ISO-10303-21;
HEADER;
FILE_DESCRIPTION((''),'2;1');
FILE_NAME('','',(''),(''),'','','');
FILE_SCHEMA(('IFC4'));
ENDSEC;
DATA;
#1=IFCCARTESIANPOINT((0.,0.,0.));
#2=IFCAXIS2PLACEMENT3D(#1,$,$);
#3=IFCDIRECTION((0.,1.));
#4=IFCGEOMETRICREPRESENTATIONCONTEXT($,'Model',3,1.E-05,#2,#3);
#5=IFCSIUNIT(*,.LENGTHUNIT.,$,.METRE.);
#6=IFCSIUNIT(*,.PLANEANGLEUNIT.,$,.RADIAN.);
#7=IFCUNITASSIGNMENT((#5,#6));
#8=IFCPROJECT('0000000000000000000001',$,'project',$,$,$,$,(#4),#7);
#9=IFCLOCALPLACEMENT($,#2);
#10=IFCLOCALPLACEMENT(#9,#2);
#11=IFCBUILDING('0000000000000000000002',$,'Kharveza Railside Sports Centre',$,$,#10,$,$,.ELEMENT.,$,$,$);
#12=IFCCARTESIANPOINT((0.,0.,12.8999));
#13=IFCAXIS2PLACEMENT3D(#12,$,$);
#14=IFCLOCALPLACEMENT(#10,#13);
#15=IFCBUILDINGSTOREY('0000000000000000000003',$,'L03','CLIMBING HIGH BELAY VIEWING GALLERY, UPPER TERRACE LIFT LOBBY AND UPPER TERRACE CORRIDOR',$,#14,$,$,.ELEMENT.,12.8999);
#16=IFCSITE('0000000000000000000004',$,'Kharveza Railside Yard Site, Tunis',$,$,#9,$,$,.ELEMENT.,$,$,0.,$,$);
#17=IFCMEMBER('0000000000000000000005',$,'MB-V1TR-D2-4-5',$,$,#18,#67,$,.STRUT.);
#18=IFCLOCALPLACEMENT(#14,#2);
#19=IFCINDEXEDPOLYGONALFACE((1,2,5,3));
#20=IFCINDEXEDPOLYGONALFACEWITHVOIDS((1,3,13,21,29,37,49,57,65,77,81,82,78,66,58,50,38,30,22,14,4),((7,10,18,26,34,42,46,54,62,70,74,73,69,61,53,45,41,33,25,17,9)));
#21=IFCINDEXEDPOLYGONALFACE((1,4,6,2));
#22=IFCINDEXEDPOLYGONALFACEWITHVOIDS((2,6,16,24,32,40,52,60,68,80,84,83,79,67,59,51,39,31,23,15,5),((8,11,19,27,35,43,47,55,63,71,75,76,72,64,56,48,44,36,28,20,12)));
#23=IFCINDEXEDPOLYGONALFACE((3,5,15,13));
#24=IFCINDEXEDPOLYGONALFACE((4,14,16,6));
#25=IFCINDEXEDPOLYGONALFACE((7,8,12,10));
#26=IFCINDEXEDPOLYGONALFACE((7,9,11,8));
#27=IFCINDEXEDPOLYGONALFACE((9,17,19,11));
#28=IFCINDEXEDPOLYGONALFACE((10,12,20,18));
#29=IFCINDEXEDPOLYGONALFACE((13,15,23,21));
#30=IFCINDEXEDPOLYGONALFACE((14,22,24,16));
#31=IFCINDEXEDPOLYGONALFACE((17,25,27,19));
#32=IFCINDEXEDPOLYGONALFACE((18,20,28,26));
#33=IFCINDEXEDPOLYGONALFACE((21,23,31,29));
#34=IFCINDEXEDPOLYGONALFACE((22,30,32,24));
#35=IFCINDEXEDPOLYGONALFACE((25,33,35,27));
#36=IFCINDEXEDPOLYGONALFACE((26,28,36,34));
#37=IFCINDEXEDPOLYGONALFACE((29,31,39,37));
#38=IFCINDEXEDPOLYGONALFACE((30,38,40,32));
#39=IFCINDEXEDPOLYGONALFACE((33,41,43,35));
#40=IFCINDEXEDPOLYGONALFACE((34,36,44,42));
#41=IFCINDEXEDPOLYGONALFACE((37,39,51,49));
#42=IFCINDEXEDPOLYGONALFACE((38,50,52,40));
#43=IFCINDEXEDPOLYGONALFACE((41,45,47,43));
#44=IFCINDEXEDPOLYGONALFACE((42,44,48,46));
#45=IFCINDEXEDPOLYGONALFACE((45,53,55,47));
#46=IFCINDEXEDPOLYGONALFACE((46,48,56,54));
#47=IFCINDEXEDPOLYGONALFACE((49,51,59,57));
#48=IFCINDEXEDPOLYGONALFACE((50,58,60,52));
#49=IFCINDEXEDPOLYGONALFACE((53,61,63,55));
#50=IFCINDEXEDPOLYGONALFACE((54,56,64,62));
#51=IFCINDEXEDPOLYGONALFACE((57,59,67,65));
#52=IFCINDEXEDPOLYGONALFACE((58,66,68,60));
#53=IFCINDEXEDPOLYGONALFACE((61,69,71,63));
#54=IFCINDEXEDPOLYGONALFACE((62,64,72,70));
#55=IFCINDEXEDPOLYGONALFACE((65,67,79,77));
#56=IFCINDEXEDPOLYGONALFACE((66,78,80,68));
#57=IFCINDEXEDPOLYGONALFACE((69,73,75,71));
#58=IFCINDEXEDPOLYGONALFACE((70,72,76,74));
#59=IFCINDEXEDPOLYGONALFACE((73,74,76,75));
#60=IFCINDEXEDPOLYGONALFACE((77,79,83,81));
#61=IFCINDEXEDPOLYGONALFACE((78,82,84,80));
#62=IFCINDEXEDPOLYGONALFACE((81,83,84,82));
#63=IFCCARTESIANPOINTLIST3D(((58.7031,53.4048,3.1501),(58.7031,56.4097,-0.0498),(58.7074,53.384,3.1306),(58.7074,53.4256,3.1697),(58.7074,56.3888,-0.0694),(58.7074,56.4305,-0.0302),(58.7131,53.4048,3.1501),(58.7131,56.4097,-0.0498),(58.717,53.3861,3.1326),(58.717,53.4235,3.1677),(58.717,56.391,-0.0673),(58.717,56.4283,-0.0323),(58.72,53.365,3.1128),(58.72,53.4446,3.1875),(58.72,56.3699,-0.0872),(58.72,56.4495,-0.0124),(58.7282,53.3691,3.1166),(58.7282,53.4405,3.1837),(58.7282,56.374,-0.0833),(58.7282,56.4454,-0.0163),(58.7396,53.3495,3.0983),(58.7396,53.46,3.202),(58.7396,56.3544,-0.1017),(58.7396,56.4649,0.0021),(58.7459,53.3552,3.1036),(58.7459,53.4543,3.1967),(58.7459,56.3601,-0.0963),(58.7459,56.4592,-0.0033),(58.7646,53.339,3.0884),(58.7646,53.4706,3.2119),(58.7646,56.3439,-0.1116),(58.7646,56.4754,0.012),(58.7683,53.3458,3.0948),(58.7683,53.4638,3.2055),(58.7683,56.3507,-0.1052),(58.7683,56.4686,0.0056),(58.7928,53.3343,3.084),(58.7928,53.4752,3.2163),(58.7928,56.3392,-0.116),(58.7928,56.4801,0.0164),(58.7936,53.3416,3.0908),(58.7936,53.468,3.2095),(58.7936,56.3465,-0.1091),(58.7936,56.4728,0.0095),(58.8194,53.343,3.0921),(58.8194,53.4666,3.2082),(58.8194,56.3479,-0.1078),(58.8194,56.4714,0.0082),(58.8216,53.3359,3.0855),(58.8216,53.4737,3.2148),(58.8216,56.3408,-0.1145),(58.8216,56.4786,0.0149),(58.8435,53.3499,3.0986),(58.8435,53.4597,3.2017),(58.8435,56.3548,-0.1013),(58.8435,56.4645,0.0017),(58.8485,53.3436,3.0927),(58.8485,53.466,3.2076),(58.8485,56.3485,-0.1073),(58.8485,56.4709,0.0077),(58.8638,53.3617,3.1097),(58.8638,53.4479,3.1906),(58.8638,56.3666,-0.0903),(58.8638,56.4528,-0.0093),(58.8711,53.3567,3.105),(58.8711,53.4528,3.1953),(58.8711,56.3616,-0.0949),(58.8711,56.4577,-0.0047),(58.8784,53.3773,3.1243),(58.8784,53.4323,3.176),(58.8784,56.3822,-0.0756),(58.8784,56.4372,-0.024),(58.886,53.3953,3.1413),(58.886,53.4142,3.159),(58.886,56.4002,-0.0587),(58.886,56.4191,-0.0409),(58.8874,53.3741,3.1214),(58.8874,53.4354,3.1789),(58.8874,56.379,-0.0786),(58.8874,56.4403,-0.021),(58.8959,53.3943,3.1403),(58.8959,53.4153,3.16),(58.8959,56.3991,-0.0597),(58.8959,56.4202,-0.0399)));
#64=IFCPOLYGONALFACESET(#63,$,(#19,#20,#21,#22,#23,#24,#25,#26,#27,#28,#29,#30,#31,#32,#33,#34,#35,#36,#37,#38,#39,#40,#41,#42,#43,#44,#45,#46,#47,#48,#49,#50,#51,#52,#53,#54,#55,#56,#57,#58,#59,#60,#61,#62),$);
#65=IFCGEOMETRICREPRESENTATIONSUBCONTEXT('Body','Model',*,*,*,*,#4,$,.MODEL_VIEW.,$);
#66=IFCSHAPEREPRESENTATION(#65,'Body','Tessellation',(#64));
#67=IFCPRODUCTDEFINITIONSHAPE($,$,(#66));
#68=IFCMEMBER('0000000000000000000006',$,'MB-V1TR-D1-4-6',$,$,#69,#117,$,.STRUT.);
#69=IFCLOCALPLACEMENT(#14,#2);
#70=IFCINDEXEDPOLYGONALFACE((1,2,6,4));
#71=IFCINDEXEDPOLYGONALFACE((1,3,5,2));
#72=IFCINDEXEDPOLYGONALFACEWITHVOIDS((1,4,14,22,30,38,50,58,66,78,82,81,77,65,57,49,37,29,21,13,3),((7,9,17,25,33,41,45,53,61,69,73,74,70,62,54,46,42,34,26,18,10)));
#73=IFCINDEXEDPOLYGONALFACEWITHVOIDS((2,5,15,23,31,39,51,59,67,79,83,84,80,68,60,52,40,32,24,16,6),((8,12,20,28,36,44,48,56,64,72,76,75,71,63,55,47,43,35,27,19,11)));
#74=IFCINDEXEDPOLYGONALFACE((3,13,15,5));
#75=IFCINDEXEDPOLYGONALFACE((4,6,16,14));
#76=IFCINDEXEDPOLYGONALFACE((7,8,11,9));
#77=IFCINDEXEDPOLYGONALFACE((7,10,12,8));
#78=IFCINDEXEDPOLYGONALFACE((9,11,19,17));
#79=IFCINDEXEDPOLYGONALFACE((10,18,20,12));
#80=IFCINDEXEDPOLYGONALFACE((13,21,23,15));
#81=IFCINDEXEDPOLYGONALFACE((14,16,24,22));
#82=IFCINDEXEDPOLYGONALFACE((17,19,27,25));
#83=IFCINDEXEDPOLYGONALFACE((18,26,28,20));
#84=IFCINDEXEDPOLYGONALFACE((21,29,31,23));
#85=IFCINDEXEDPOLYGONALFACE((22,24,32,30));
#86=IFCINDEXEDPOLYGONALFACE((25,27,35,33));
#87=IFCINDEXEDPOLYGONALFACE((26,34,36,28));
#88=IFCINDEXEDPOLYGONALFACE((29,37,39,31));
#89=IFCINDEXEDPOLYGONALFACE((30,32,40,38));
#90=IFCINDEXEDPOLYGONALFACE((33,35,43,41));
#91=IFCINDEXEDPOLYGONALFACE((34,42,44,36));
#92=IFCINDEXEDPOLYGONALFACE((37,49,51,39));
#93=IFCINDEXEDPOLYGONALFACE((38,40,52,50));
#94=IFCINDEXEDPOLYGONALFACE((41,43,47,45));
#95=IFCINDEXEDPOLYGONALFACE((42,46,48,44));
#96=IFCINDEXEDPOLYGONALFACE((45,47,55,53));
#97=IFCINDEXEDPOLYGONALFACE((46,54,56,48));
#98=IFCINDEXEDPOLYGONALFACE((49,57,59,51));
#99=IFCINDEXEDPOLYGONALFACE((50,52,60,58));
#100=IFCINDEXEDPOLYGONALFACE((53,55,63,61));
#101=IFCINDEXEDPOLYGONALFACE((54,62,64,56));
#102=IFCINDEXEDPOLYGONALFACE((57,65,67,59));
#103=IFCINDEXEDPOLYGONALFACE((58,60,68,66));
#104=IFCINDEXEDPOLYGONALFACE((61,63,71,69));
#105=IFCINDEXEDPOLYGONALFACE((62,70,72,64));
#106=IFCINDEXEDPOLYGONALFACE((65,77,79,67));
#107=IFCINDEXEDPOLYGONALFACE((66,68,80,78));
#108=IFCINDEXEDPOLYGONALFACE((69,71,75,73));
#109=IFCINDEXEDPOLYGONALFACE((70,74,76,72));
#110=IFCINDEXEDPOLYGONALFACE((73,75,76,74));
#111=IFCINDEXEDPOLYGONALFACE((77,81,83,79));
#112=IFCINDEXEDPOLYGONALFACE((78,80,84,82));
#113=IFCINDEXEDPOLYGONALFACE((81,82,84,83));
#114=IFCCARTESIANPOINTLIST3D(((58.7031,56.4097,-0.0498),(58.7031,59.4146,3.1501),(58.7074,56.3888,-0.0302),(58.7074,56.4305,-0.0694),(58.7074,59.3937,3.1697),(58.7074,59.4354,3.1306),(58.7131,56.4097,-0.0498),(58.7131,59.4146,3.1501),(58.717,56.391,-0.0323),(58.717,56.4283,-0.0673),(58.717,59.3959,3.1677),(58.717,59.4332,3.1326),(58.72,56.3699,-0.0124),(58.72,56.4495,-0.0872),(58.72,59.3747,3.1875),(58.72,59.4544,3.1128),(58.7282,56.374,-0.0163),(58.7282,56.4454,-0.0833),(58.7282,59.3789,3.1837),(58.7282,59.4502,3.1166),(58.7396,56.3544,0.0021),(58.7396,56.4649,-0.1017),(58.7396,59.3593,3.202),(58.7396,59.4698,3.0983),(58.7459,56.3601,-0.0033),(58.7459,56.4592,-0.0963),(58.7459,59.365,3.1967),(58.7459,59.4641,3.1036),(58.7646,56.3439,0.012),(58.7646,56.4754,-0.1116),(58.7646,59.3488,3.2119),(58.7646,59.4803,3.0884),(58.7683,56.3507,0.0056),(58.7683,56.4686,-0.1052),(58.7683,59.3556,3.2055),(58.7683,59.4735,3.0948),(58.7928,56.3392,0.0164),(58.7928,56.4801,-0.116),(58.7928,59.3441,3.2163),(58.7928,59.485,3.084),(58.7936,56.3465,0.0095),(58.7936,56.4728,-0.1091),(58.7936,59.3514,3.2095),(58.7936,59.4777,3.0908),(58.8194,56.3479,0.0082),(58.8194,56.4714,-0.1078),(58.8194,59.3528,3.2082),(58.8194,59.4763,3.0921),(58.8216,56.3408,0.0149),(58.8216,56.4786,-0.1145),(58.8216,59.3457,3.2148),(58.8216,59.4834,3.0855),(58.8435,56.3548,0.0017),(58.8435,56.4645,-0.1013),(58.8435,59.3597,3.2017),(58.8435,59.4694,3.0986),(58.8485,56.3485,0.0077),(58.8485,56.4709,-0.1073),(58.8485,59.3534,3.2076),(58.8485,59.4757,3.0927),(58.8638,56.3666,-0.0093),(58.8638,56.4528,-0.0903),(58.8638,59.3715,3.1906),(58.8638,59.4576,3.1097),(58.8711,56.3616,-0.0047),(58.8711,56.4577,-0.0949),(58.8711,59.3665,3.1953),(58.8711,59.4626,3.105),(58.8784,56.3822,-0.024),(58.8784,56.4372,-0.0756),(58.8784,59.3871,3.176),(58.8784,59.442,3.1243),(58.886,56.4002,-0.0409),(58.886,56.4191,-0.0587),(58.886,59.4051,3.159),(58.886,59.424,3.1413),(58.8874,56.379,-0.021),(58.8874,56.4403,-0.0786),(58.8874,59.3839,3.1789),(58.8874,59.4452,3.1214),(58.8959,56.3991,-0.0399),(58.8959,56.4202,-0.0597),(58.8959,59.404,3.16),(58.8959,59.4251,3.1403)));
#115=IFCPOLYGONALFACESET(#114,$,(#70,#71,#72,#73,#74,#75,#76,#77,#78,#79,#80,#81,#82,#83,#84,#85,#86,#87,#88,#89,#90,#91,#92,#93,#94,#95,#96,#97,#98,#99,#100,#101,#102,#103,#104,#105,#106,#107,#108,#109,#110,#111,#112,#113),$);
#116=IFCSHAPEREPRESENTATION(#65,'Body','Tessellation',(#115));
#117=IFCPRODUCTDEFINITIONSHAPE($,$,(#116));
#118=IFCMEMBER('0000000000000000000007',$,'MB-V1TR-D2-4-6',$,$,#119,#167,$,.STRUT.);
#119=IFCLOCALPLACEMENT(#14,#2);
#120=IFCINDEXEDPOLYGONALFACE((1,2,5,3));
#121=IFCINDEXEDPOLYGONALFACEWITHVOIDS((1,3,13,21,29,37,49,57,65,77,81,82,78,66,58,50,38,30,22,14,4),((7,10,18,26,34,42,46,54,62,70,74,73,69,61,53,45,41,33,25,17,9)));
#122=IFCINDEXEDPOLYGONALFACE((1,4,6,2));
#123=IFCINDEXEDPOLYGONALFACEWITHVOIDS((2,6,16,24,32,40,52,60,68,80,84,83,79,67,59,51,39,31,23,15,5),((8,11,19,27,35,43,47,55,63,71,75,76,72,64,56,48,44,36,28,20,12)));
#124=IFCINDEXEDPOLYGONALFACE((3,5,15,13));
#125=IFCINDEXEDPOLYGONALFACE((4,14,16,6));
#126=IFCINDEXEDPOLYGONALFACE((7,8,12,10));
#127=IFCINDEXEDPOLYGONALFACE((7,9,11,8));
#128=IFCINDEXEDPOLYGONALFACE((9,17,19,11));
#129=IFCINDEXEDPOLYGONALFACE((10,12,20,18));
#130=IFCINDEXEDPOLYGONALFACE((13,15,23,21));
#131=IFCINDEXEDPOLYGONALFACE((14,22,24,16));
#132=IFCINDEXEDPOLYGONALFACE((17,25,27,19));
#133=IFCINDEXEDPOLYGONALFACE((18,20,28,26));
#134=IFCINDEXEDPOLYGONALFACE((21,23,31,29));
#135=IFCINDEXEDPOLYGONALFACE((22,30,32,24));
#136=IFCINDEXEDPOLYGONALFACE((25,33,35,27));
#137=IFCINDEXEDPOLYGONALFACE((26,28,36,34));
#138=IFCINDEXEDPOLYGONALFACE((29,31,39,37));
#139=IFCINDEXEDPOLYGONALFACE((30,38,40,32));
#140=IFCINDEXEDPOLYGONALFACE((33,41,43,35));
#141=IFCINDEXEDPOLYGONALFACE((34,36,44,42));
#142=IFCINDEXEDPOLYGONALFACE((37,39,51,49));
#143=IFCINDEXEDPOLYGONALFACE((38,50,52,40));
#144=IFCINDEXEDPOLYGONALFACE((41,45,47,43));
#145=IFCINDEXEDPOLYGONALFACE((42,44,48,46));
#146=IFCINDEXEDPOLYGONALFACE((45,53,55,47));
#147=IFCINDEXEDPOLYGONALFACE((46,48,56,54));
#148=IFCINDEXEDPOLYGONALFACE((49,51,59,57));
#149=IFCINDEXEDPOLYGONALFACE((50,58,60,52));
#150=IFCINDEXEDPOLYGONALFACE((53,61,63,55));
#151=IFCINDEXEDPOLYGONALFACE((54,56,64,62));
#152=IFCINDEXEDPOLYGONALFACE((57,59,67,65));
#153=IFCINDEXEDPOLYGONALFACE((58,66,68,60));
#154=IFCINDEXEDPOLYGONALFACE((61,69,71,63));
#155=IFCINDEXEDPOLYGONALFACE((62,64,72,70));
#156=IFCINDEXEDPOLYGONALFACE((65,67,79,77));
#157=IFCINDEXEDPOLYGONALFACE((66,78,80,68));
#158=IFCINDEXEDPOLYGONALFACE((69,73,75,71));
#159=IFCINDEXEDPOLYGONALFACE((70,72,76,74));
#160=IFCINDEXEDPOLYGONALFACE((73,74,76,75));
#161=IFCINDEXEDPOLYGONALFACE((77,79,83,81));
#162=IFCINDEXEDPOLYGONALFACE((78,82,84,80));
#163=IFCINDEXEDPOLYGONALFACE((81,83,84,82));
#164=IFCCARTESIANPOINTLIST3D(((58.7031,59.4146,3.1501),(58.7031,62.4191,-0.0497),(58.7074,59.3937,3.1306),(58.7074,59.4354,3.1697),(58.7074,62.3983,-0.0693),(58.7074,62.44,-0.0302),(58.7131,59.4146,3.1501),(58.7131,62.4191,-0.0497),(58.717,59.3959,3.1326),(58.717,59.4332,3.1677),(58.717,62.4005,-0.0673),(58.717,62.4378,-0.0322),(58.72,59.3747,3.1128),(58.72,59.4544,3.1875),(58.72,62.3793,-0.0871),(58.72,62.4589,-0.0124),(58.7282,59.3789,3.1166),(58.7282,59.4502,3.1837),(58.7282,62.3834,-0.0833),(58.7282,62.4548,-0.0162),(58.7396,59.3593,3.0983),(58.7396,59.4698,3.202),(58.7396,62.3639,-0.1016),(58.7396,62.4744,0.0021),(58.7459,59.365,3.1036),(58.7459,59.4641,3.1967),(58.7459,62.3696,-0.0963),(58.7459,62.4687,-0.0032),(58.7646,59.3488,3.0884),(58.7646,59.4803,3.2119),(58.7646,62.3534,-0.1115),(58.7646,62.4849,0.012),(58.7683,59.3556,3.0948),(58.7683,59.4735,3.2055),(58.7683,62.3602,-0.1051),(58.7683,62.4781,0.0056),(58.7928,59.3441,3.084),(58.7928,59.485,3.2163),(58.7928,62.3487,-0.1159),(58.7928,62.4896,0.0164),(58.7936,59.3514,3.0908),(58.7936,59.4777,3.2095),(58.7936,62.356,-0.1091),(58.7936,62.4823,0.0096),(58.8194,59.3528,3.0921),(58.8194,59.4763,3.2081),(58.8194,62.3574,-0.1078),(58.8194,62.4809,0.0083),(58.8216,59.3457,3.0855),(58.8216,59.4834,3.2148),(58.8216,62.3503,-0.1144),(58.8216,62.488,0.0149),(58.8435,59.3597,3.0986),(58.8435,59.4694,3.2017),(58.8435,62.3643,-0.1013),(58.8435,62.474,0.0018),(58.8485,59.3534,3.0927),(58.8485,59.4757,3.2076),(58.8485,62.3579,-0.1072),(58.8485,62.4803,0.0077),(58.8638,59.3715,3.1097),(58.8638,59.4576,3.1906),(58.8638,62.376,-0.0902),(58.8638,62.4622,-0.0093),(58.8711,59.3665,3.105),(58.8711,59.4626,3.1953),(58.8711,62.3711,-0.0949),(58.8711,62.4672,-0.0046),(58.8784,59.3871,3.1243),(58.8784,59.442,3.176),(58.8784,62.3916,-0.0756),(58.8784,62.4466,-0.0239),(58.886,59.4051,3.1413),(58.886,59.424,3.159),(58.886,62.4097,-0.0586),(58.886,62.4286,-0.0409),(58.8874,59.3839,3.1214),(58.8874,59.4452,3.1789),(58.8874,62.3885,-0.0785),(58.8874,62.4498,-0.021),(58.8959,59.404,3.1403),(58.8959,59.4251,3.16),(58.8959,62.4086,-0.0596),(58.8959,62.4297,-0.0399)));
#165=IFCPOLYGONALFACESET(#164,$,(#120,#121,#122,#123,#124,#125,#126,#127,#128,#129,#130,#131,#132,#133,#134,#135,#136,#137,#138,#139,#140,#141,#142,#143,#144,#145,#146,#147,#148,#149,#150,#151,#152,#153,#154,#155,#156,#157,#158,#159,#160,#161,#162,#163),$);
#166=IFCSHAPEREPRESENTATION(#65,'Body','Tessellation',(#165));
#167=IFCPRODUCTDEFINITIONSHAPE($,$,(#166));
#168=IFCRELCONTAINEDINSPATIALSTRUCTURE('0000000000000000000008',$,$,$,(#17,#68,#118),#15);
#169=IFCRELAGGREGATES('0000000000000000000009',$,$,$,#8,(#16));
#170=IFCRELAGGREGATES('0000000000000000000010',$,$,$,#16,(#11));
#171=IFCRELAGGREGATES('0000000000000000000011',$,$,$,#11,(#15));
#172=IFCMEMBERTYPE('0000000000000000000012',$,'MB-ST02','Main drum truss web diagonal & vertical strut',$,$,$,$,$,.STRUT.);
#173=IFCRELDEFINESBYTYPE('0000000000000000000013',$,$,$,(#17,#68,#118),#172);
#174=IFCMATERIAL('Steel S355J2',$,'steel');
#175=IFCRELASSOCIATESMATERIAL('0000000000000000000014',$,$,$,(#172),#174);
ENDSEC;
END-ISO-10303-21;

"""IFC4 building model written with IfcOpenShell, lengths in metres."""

from ifc_helpers import new_model, si_unit, direction, frame, origin, origin_2d, place, context, subcontext, project, spatial, hollow_circle, extrude, material, material_profile, profile_set, type_object, element, save


model = new_model("IFC4")

# Units and contexts
model_context = context("Model", 3, precision=1e-05, world=origin(), true_north=direction((0.0, 1.0)))
body_context = subcontext(model_context, "Body", "Model", "MODEL_VIEW")
ifc_project = project(units=[si_unit("LENGTHUNIT", "METRE"), si_unit("PLANEANGLEUNIT", "RADIAN")], contexts=[model_context])

# Site, building, storey
site_placement = place(None, origin())
site = spatial("IfcSite", under=ifc_project, at=site_placement, Name="Kharveza Railside Yard Site, Tunis", CompositionType="ELEMENT", RefElevation=0.0)
building_placement = place(site_placement, origin())
building = spatial("IfcBuilding", under=site, at=building_placement, Name="Kharveza Railside Sports Centre", CompositionType="ELEMENT")
storey_placement = place(building_placement, frame((0.0, 0.0, 12.8999)))
storey = spatial("IfcBuildingStorey", under=building, at=storey_placement, Name="L03", Description="CLIMBING HIGH BELAY VIEWING GALLERY, UPPER TERRACE LIFT LOBBY AND UPPER TERRACE CORRIDOR", CompositionType="ELEMENT", Elevation=12.8999)

# Members
ifc_material = material(Name="Steel S355J2", Category="steel")
ifc_material_profile_1 = material_profile(ifc_material, hollow_circle(Radius=0.0969, WallThickness=0.01, at=origin_2d()), Name="CHS 193.7x10.0")
ifc_profile_set_1 = profile_set([ifc_material_profile_1], Name="Steel S355J2")
member_type_1 = type_object("IfcMemberType", Name="MB-ST02", Description="Main drum truss web diagonal & vertical strut", PredefinedType="STRUT", material=ifc_profile_set_1)
for number, where, z_axis, x_axis, name in (
    (1, (58.8, 53.4048, 3.1501), (0.0, 0.684538, -0.728977), (-1.0, 0.0, 0.0), "MB-V1TR-D2-4-5"),
    (2, (58.8, 56.4097, -0.0498), (0.0, 0.684538, 0.728977), (-1.0, 0.0, 0.0), "MB-V1TR-D1-4-6"),
):
    element("IfcMember", number, at=place(storey_placement, frame(where, z_axis=z_axis, x_axis=x_axis)), inside=storey, type_object=member_type_1, Name=name, PredefinedType="STRUT", context=body_context, shape_type="SweptSolid", body=[
        extrude(hollow_circle(Radius=0.0969, WallThickness=0.01, at=origin_2d()), origin(), (0.0, 0.0, 1.0), 4.3896),
    ])
member_1_placement = place(storey_placement, frame((58.8, 59.4146, 3.1501), z_axis=(0.0, 0.684509, -0.729004), x_axis=(-1.0, 0.0, 0.0)))
element("IfcMember", 3, at=member_1_placement, inside=storey, type_object=member_type_1, Name="MB-V1TR-D2-4-6", PredefinedType="STRUT", context=body_context, shape_type="SweptSolid", body=[
    extrude(hollow_circle(Radius=0.0969, WallThickness=0.01, at=origin_2d()), origin(), (0.0, 0.0, 1.0), 4.3894),
])

save(model, "model.ifc")
